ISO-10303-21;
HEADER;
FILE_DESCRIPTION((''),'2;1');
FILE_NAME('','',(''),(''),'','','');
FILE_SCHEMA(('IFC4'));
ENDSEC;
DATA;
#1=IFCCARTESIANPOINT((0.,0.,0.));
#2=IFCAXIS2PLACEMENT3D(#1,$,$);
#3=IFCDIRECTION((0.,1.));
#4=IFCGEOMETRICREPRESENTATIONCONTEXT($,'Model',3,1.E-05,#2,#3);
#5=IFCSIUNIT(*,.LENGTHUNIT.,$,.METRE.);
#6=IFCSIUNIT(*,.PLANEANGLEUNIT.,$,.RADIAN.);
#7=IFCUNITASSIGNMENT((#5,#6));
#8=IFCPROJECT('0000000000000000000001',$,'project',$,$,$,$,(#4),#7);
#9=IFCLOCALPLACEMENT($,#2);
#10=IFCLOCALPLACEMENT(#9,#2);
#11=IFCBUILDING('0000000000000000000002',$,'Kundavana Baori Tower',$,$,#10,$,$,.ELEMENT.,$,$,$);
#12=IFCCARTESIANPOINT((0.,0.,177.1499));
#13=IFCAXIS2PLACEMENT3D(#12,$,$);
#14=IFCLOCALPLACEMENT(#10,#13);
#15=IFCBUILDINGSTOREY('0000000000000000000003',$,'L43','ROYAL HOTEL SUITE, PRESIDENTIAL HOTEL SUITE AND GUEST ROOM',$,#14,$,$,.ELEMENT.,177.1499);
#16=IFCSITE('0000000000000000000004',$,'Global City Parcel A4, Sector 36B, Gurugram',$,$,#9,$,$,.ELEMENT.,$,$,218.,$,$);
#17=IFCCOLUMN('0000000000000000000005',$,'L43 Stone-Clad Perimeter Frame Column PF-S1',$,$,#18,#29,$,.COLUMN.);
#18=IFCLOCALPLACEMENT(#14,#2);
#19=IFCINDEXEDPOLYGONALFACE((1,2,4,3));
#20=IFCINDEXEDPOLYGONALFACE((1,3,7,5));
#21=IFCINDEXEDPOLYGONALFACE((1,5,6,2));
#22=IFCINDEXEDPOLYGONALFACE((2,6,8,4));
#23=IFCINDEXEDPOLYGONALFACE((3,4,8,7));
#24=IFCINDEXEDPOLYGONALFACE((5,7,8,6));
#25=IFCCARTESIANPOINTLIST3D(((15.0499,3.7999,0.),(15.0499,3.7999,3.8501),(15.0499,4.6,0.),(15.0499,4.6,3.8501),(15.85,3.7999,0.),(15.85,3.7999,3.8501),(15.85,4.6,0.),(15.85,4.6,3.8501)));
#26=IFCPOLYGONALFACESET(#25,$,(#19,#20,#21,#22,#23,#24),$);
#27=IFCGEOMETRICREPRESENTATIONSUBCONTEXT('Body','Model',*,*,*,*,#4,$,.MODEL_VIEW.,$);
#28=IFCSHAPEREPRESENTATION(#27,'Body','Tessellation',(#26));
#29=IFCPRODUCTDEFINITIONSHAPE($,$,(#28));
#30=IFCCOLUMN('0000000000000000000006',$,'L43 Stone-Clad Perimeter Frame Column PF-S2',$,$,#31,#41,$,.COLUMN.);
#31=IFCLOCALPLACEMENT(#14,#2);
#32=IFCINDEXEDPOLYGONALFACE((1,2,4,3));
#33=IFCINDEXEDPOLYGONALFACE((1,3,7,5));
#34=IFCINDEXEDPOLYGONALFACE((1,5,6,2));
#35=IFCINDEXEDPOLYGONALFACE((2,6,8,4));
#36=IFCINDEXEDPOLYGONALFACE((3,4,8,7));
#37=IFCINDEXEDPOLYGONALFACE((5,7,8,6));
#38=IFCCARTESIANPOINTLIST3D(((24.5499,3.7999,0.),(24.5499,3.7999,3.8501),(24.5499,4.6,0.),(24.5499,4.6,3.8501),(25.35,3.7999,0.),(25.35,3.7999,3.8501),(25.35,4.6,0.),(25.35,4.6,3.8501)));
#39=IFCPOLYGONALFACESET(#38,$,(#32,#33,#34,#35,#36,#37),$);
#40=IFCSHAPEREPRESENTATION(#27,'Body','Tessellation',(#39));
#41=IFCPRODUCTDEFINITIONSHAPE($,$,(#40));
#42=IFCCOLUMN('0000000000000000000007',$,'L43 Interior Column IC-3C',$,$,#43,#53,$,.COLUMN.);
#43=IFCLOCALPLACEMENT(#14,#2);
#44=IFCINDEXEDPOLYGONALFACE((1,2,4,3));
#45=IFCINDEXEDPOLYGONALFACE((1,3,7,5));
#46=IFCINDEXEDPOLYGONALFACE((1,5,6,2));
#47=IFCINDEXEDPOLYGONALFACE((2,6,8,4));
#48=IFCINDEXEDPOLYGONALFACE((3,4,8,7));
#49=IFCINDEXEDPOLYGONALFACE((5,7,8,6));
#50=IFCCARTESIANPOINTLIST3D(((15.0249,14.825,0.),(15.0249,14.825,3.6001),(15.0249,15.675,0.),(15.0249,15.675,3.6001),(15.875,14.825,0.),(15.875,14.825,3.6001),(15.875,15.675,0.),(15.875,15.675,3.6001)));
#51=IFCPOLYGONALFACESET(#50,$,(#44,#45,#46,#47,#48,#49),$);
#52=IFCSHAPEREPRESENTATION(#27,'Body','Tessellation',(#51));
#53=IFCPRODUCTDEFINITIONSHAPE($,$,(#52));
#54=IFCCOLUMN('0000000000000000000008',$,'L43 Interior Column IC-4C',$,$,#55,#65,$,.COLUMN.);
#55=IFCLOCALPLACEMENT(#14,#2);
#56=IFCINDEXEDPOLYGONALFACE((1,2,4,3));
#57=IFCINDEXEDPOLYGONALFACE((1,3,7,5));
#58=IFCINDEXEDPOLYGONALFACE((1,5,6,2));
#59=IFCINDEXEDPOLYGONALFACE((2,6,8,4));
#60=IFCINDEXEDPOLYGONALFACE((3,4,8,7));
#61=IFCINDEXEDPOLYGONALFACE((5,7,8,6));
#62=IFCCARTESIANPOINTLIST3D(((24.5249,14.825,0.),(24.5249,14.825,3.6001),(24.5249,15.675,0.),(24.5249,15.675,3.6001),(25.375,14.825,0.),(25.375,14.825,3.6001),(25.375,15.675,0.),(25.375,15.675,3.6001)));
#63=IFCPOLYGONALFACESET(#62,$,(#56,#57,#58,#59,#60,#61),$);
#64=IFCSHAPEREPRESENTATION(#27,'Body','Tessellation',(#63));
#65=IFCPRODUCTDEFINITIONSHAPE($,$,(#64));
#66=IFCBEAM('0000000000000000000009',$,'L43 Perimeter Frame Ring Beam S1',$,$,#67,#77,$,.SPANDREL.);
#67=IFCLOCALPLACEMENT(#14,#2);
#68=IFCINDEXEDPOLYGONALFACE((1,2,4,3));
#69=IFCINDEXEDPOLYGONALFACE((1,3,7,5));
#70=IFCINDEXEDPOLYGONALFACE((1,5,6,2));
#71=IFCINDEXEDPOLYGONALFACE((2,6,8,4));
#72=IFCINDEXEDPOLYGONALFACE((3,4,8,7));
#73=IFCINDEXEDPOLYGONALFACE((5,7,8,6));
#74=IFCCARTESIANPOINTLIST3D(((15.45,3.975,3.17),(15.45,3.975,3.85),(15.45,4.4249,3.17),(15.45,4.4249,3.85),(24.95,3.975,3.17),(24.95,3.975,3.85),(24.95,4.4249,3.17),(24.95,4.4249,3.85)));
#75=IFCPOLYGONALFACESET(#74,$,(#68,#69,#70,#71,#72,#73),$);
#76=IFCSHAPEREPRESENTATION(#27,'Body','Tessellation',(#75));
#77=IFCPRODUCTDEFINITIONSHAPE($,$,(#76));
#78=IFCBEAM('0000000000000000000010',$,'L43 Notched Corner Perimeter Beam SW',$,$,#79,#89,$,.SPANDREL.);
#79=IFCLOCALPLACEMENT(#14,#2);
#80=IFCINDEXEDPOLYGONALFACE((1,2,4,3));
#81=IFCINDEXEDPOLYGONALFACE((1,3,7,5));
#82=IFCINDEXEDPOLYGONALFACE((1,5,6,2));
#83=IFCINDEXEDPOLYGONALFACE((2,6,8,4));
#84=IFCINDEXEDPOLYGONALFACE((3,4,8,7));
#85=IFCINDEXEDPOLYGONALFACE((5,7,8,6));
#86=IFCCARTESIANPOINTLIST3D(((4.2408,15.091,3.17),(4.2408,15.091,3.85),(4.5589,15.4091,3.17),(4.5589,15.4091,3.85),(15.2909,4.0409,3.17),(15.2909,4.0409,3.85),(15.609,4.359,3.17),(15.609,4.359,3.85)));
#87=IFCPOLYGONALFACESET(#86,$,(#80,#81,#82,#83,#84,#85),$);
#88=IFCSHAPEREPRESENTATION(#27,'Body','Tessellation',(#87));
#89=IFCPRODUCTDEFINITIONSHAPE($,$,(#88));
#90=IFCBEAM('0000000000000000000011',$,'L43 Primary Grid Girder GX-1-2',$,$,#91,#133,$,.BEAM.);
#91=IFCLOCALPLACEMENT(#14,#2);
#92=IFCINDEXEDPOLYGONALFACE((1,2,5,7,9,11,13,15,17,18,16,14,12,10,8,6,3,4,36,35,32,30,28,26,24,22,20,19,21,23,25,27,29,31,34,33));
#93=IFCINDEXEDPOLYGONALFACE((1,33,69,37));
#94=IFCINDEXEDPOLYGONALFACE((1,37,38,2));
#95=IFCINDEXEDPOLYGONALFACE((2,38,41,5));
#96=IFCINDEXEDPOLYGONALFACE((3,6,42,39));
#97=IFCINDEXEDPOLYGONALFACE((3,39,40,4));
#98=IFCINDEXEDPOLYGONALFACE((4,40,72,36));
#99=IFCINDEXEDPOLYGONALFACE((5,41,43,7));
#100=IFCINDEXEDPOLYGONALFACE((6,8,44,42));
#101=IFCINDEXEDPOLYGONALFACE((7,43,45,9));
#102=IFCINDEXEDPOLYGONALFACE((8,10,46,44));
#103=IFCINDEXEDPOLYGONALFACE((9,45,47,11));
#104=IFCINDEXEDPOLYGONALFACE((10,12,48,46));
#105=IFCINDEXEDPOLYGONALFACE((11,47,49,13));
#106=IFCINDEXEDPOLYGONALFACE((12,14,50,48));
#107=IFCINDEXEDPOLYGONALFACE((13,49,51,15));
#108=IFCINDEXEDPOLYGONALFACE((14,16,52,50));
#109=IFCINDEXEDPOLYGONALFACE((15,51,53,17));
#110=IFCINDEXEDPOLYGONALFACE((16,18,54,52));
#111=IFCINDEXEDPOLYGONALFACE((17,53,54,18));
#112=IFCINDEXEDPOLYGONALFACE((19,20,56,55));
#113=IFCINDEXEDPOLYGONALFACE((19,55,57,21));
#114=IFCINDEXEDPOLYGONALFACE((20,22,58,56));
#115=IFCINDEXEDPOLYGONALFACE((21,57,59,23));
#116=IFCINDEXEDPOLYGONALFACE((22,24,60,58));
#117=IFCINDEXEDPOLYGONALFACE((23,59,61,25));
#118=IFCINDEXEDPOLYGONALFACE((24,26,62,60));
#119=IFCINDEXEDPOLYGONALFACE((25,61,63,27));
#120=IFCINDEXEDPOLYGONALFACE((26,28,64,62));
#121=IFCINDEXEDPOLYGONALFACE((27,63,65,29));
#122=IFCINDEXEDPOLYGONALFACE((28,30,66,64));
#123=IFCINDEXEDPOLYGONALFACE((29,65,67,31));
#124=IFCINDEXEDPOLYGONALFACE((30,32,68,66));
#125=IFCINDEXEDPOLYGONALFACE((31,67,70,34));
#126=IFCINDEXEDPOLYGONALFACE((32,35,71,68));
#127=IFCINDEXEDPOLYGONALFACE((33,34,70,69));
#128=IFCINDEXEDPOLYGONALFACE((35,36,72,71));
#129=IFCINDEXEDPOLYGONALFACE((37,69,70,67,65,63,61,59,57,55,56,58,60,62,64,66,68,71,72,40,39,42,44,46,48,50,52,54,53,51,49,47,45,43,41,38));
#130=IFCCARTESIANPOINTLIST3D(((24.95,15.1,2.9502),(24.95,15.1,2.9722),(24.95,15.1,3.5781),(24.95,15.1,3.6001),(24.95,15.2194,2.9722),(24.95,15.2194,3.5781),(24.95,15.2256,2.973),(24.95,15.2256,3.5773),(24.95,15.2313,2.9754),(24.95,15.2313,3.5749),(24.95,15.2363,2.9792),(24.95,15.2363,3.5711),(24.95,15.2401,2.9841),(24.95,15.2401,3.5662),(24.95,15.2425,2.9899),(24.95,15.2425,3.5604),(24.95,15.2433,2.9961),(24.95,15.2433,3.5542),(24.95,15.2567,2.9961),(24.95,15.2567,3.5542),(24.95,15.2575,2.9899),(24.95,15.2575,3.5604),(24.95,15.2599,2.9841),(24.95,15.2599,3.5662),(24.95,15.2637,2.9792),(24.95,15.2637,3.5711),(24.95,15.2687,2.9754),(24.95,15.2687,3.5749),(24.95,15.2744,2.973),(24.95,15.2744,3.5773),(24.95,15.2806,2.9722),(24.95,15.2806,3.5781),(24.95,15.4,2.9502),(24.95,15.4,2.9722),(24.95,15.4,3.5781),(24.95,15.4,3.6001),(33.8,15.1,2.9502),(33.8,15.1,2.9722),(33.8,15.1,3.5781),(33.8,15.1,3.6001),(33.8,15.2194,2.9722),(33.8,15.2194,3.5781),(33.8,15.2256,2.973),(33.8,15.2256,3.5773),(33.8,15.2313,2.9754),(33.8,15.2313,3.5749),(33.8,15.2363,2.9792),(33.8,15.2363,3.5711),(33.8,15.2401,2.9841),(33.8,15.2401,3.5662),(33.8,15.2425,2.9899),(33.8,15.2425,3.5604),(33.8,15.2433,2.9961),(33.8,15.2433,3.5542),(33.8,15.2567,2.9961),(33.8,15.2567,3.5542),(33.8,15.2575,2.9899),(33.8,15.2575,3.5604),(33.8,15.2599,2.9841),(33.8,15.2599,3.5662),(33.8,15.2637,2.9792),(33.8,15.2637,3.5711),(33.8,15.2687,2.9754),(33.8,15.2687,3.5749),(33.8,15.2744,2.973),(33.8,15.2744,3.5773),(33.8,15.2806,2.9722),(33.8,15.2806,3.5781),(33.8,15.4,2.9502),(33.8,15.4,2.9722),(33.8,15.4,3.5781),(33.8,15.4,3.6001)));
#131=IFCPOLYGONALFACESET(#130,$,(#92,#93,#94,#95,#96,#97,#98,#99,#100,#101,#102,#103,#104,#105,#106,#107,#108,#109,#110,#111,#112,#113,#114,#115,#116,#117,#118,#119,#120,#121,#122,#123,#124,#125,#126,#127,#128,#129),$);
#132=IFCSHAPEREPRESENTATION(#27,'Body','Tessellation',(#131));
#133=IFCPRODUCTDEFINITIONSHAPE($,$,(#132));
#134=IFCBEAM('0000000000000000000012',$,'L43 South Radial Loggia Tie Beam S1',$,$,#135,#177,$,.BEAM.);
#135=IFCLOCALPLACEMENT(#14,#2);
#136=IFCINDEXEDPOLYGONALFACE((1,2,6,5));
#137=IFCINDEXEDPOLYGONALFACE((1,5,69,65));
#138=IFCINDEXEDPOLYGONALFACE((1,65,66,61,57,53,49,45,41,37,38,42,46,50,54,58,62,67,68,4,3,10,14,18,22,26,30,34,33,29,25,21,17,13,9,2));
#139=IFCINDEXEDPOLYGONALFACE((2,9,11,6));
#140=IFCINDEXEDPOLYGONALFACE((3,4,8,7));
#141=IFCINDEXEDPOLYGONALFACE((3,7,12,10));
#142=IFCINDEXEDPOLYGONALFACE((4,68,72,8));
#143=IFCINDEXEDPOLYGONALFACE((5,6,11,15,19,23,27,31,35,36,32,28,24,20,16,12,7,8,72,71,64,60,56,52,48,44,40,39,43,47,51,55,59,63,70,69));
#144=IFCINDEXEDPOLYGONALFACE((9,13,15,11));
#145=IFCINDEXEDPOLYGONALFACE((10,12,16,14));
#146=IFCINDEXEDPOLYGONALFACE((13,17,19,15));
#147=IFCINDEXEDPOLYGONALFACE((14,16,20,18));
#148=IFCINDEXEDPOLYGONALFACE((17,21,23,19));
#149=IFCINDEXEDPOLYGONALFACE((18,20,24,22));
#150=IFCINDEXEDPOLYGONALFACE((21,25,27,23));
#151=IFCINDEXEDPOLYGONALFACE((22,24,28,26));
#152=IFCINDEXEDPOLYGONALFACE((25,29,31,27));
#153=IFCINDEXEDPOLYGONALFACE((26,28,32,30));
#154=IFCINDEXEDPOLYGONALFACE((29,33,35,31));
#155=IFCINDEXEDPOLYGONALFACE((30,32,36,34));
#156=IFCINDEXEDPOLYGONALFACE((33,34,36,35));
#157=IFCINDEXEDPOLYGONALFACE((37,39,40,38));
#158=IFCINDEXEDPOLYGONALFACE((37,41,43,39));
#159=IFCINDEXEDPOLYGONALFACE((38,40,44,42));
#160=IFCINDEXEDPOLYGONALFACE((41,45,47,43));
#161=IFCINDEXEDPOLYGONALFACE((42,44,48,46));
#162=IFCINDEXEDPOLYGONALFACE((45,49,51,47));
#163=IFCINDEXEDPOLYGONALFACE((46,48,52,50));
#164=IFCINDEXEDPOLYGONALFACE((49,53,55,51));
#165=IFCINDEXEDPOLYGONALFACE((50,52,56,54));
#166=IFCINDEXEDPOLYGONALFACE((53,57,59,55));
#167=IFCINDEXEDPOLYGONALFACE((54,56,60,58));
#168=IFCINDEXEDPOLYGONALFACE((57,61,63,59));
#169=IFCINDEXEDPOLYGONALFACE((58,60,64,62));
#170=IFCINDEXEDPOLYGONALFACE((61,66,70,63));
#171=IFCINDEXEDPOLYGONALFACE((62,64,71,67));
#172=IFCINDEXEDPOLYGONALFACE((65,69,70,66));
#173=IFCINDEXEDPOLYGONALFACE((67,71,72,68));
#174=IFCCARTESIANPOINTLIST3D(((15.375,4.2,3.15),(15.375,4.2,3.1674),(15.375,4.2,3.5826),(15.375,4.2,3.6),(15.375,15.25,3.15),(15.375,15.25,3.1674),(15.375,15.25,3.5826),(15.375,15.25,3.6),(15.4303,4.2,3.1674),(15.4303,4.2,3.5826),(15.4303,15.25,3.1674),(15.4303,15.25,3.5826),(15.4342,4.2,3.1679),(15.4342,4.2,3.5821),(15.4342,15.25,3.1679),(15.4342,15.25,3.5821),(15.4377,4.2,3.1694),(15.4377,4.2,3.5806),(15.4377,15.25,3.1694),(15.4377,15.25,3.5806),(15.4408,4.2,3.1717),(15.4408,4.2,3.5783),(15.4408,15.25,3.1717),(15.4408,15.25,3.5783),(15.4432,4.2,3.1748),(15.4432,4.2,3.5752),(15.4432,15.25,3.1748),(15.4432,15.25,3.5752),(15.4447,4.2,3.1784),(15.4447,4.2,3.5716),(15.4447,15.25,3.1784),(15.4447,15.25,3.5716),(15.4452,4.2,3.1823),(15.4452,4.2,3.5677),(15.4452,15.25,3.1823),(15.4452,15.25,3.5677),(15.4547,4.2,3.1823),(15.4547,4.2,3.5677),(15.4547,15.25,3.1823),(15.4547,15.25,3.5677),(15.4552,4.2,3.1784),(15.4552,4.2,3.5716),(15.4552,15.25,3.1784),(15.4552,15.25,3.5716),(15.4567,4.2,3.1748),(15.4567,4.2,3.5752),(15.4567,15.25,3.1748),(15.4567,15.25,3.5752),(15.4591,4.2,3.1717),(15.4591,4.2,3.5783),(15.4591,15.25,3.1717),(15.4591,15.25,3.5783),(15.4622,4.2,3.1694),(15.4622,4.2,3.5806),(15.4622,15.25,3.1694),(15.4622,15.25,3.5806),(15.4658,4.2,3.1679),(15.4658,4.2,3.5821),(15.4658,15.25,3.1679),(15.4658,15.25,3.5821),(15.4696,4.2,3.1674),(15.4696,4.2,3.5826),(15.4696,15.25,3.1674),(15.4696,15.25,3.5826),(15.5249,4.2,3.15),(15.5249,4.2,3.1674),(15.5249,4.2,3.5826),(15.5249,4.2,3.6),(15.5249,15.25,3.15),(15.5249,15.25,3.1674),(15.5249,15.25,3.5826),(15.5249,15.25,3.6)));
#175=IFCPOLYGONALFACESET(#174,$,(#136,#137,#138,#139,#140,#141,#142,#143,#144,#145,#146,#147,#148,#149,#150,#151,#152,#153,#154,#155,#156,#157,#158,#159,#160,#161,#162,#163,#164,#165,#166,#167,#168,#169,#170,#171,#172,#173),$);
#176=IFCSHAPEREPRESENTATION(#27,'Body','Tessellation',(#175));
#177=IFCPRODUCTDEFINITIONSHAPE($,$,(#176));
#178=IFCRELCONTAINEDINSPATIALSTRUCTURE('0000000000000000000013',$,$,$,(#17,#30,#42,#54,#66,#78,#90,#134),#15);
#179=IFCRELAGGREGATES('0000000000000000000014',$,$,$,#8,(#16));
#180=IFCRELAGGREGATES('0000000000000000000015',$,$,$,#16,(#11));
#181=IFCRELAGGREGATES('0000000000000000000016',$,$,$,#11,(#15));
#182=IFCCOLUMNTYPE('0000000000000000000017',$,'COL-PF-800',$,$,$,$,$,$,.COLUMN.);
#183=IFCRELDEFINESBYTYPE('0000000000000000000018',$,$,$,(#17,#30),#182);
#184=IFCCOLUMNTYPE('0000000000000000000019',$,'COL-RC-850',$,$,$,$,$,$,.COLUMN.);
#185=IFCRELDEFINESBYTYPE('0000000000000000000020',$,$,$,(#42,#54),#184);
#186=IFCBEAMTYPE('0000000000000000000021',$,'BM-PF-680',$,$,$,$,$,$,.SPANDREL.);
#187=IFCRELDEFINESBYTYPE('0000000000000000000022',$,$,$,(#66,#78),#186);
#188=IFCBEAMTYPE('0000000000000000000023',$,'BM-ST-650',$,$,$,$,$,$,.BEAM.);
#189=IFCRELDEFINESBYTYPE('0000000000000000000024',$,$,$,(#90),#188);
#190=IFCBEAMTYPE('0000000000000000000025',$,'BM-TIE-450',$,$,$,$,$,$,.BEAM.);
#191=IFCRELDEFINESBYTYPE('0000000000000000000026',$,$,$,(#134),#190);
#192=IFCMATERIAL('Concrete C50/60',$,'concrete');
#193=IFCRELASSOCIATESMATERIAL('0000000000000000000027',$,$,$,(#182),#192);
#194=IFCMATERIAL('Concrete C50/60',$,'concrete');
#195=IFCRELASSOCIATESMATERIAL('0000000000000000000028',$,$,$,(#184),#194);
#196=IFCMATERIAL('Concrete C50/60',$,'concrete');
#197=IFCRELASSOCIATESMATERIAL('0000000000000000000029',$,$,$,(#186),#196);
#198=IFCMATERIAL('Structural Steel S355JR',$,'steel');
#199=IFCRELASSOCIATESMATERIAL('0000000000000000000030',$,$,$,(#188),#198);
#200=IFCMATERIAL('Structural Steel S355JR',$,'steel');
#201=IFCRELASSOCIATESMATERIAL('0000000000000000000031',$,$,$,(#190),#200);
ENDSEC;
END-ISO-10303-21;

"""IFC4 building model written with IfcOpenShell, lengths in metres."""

from ifc_helpers import new_model, si_unit, direction, frame, origin, origin_2d, place, context, subcontext, project, spatial, rectangle, i_section, extrude, material, material_profile, profile_set, type_object, element, save


model = new_model("IFC4")

# Units and contexts
model_context = context("Model", 3, precision=1e-05, world=origin(), true_north=direction((0.0, 1.0)))
body_context = subcontext(model_context, "Body", "Model", "MODEL_VIEW")
ifc_project = project(units=[si_unit("LENGTHUNIT", "METRE"), si_unit("PLANEANGLEUNIT", "RADIAN")], contexts=[model_context])

# Site, building, storey
site_placement = place(None, origin())
site = spatial("IfcSite", under=ifc_project, at=site_placement, Name="Global City Parcel A4, Sector 36B, Gurugram", CompositionType="ELEMENT", RefElevation=218.0)
building_placement = place(site_placement, origin())
building = spatial("IfcBuilding", under=site, at=building_placement, Name="Kundavana Baori Tower", CompositionType="ELEMENT")
storey_placement = place(building_placement, frame((0.0, 0.0, 177.1499)))
storey = spatial("IfcBuildingStorey", under=building, at=storey_placement, Name="L43", Description="ROYAL HOTEL SUITE, PRESIDENTIAL HOTEL SUITE AND GUEST ROOM", CompositionType="ELEMENT", Elevation=177.1499)

# Columns
ifc_material_1 = material(Name="Concrete C50/60", Category="concrete")
ifc_material_profile_1 = material_profile(ifc_material_1, rectangle(XDim=0.8, YDim=0.8, at=origin_2d()), Name="RC PF 800x800")
ifc_profile_set_1 = profile_set([ifc_material_profile_1], Name="Concrete C50/60")
column_type_1 = type_object("IfcColumnType", Name="COL-PF-800", PredefinedType="COLUMN", material=ifc_profile_set_1)
for number, where, z_axis, x_axis, name in (
    (1, (15.45, 4.2, 0.0), (0.0, 0.0, 1.0), (1.0, 0.0, 0.0), "L43 Stone-Clad Perimeter Frame Column PF-S1"),
    (2, (24.95, 4.2, 0.0), (0.0, 0.0, 1.0), (1.0, 0.0, 0.0), "L43 Stone-Clad Perimeter Frame Column PF-S2"),
):
    element("IfcColumn", number, at=place(storey_placement, frame(where, z_axis=z_axis, x_axis=x_axis)), inside=storey, type_object=column_type_1, Name=name, PredefinedType="COLUMN", context=body_context, shape_type="SweptSolid", body=[
        extrude(rectangle(XDim=0.8, YDim=0.8, at=origin_2d()), origin(), (0.0, 0.0, 1.0), 3.8501),
    ])
ifc_material_2 = material(Name="Concrete C50/60", Category="concrete")
ifc_material_profile_2 = material_profile(ifc_material_2, rectangle(XDim=0.8501, YDim=0.8501, at=origin_2d()), Name="RC 850x850")
ifc_profile_set_2 = profile_set([ifc_material_profile_2], Name="Concrete C50/60")
column_type_2 = type_object("IfcColumnType", Name="COL-RC-850", PredefinedType="COLUMN", material=ifc_profile_set_2)
for number, where, z_axis, x_axis, name in (
    (3, (15.45, 15.25, 0.0), (0.0, 0.0, 1.0), (1.0, 0.0, 0.0), "L43 Interior Column IC-3C"),
    (4, (24.95, 15.25, 0.0), (0.0, 0.0, 1.0), (1.0, 0.0, 0.0), "L43 Interior Column IC-4C"),
):
    element("IfcColumn", number, at=place(storey_placement, frame(where, z_axis=z_axis, x_axis=x_axis)), inside=storey, type_object=column_type_2, Name=name, PredefinedType="COLUMN", context=body_context, shape_type="SweptSolid", body=[
        extrude(rectangle(XDim=0.8501, YDim=0.8501, at=origin_2d()), origin(), (0.0, 0.0, 1.0), 3.6001),
    ])

# Beams
ifc_material_3 = material(Name="Concrete C50/60", Category="concrete")
ifc_material_profile_3 = material_profile(ifc_material_3, rectangle(XDim=0.45, YDim=0.6799, at=origin_2d()), Name="RC BM 450x680")
ifc_profile_set_3 = profile_set([ifc_material_profile_3], Name="Concrete C50/60")
beam_type_1 = type_object("IfcBeamType", Name="BM-PF-680", PredefinedType="SPANDREL", material=ifc_profile_set_3)
beam_1_placement = place(storey_placement, frame((15.45, 4.2, 3.51), z_axis=(1.0, 0.0, 0.0), x_axis=(0.0, 1.0, 0.0)))
element("IfcBeam", 5, at=beam_1_placement, inside=storey, type_object=beam_type_1, Name="L43 Perimeter Frame Ring Beam S1", PredefinedType="SPANDREL", context=body_context, shape_type="SweptSolid", body=[
    extrude(rectangle(XDim=0.45, YDim=0.6799, at=origin_2d()), origin(), (0.0, 0.0, 1.0), 9.5),
])
beam_2_placement = place(storey_placement, frame((15.45, 4.2, 3.51), z_axis=(-0.707107, 0.707107, 0.0), x_axis=(-0.707107, -0.707107, 0.0)))
element("IfcBeam", 6, at=beam_2_placement, inside=storey, type_object=beam_type_1, Name="L43 Notched Corner Perimeter Beam SW", PredefinedType="SPANDREL", context=body_context, shape_type="SweptSolid", body=[
    extrude(rectangle(XDim=0.45, YDim=0.6799, at=origin_2d()), origin(), (0.0, 0.0, 1.0), 15.6272),
])
ifc_material_4 = material(Name="Structural Steel S355JR", Category="steel")
ifc_material_profile_4 = material_profile(ifc_material_4, i_section(OverallWidth=0.3, OverallDepth=0.6499, WebThickness=0.0134, FlangeThickness=0.022, FilletRadius=0.0239, at=origin_2d()), Name="NPB 650x300x155")
ifc_profile_set_4 = profile_set([ifc_material_profile_4], Name="Structural Steel S355JR")
beam_type_2 = type_object("IfcBeamType", Name="BM-ST-650", PredefinedType="BEAM", material=ifc_profile_set_4)
beam_3_placement = place(storey_placement, frame((24.95, 15.25, 3.2751), z_axis=(1.0, 0.0, 0.0), x_axis=(0.0, 1.0, 0.0)))
element("IfcBeam", 7, at=beam_3_placement, inside=storey, type_object=beam_type_2, Name="L43 Primary Grid Girder GX-1-2", PredefinedType="BEAM", context=body_context, shape_type="SweptSolid", body=[
    extrude(i_section(OverallWidth=0.3, OverallDepth=0.6499, WebThickness=0.0134, FlangeThickness=0.022, FilletRadius=0.0239, at=origin_2d()), origin(), (0.0, 0.0, 1.0), 8.8501),
])
ifc_material_5 = material(Name="Structural Steel S355JR", Category="steel")
ifc_material_profile_5 = material_profile(ifc_material_5, i_section(OverallWidth=0.1499, OverallDepth=0.45, WebThickness=0.0095, FlangeThickness=0.0173, FilletRadius=0.0149, at=origin_2d()), Name="ISMB 450")
ifc_profile_set_5 = profile_set([ifc_material_profile_5], Name="Structural Steel S355JR")
beam_type_3 = type_object("IfcBeamType", Name="BM-TIE-450", PredefinedType="BEAM", material=ifc_profile_set_5)
for number, where, z_axis, x_axis, name in (
    (8, (15.45, 15.25, 3.375), (0.0, -1.0, 0.0), (1.0, 0.0, 0.0), "L43 South Radial Loggia Tie Beam S1"),
):
    element("IfcBeam", number, at=place(storey_placement, frame(where, z_axis=z_axis, x_axis=x_axis)), inside=storey, type_object=beam_type_3, Name=name, PredefinedType="BEAM", context=body_context, shape_type="SweptSolid", body=[
        extrude(i_section(OverallWidth=0.1499, OverallDepth=0.45, WebThickness=0.0095, FlangeThickness=0.0173, FilletRadius=0.0149, at=origin_2d()), origin(), (0.0, 0.0, 1.0), 11.05),
    ])

save(model, "model.ifc")
